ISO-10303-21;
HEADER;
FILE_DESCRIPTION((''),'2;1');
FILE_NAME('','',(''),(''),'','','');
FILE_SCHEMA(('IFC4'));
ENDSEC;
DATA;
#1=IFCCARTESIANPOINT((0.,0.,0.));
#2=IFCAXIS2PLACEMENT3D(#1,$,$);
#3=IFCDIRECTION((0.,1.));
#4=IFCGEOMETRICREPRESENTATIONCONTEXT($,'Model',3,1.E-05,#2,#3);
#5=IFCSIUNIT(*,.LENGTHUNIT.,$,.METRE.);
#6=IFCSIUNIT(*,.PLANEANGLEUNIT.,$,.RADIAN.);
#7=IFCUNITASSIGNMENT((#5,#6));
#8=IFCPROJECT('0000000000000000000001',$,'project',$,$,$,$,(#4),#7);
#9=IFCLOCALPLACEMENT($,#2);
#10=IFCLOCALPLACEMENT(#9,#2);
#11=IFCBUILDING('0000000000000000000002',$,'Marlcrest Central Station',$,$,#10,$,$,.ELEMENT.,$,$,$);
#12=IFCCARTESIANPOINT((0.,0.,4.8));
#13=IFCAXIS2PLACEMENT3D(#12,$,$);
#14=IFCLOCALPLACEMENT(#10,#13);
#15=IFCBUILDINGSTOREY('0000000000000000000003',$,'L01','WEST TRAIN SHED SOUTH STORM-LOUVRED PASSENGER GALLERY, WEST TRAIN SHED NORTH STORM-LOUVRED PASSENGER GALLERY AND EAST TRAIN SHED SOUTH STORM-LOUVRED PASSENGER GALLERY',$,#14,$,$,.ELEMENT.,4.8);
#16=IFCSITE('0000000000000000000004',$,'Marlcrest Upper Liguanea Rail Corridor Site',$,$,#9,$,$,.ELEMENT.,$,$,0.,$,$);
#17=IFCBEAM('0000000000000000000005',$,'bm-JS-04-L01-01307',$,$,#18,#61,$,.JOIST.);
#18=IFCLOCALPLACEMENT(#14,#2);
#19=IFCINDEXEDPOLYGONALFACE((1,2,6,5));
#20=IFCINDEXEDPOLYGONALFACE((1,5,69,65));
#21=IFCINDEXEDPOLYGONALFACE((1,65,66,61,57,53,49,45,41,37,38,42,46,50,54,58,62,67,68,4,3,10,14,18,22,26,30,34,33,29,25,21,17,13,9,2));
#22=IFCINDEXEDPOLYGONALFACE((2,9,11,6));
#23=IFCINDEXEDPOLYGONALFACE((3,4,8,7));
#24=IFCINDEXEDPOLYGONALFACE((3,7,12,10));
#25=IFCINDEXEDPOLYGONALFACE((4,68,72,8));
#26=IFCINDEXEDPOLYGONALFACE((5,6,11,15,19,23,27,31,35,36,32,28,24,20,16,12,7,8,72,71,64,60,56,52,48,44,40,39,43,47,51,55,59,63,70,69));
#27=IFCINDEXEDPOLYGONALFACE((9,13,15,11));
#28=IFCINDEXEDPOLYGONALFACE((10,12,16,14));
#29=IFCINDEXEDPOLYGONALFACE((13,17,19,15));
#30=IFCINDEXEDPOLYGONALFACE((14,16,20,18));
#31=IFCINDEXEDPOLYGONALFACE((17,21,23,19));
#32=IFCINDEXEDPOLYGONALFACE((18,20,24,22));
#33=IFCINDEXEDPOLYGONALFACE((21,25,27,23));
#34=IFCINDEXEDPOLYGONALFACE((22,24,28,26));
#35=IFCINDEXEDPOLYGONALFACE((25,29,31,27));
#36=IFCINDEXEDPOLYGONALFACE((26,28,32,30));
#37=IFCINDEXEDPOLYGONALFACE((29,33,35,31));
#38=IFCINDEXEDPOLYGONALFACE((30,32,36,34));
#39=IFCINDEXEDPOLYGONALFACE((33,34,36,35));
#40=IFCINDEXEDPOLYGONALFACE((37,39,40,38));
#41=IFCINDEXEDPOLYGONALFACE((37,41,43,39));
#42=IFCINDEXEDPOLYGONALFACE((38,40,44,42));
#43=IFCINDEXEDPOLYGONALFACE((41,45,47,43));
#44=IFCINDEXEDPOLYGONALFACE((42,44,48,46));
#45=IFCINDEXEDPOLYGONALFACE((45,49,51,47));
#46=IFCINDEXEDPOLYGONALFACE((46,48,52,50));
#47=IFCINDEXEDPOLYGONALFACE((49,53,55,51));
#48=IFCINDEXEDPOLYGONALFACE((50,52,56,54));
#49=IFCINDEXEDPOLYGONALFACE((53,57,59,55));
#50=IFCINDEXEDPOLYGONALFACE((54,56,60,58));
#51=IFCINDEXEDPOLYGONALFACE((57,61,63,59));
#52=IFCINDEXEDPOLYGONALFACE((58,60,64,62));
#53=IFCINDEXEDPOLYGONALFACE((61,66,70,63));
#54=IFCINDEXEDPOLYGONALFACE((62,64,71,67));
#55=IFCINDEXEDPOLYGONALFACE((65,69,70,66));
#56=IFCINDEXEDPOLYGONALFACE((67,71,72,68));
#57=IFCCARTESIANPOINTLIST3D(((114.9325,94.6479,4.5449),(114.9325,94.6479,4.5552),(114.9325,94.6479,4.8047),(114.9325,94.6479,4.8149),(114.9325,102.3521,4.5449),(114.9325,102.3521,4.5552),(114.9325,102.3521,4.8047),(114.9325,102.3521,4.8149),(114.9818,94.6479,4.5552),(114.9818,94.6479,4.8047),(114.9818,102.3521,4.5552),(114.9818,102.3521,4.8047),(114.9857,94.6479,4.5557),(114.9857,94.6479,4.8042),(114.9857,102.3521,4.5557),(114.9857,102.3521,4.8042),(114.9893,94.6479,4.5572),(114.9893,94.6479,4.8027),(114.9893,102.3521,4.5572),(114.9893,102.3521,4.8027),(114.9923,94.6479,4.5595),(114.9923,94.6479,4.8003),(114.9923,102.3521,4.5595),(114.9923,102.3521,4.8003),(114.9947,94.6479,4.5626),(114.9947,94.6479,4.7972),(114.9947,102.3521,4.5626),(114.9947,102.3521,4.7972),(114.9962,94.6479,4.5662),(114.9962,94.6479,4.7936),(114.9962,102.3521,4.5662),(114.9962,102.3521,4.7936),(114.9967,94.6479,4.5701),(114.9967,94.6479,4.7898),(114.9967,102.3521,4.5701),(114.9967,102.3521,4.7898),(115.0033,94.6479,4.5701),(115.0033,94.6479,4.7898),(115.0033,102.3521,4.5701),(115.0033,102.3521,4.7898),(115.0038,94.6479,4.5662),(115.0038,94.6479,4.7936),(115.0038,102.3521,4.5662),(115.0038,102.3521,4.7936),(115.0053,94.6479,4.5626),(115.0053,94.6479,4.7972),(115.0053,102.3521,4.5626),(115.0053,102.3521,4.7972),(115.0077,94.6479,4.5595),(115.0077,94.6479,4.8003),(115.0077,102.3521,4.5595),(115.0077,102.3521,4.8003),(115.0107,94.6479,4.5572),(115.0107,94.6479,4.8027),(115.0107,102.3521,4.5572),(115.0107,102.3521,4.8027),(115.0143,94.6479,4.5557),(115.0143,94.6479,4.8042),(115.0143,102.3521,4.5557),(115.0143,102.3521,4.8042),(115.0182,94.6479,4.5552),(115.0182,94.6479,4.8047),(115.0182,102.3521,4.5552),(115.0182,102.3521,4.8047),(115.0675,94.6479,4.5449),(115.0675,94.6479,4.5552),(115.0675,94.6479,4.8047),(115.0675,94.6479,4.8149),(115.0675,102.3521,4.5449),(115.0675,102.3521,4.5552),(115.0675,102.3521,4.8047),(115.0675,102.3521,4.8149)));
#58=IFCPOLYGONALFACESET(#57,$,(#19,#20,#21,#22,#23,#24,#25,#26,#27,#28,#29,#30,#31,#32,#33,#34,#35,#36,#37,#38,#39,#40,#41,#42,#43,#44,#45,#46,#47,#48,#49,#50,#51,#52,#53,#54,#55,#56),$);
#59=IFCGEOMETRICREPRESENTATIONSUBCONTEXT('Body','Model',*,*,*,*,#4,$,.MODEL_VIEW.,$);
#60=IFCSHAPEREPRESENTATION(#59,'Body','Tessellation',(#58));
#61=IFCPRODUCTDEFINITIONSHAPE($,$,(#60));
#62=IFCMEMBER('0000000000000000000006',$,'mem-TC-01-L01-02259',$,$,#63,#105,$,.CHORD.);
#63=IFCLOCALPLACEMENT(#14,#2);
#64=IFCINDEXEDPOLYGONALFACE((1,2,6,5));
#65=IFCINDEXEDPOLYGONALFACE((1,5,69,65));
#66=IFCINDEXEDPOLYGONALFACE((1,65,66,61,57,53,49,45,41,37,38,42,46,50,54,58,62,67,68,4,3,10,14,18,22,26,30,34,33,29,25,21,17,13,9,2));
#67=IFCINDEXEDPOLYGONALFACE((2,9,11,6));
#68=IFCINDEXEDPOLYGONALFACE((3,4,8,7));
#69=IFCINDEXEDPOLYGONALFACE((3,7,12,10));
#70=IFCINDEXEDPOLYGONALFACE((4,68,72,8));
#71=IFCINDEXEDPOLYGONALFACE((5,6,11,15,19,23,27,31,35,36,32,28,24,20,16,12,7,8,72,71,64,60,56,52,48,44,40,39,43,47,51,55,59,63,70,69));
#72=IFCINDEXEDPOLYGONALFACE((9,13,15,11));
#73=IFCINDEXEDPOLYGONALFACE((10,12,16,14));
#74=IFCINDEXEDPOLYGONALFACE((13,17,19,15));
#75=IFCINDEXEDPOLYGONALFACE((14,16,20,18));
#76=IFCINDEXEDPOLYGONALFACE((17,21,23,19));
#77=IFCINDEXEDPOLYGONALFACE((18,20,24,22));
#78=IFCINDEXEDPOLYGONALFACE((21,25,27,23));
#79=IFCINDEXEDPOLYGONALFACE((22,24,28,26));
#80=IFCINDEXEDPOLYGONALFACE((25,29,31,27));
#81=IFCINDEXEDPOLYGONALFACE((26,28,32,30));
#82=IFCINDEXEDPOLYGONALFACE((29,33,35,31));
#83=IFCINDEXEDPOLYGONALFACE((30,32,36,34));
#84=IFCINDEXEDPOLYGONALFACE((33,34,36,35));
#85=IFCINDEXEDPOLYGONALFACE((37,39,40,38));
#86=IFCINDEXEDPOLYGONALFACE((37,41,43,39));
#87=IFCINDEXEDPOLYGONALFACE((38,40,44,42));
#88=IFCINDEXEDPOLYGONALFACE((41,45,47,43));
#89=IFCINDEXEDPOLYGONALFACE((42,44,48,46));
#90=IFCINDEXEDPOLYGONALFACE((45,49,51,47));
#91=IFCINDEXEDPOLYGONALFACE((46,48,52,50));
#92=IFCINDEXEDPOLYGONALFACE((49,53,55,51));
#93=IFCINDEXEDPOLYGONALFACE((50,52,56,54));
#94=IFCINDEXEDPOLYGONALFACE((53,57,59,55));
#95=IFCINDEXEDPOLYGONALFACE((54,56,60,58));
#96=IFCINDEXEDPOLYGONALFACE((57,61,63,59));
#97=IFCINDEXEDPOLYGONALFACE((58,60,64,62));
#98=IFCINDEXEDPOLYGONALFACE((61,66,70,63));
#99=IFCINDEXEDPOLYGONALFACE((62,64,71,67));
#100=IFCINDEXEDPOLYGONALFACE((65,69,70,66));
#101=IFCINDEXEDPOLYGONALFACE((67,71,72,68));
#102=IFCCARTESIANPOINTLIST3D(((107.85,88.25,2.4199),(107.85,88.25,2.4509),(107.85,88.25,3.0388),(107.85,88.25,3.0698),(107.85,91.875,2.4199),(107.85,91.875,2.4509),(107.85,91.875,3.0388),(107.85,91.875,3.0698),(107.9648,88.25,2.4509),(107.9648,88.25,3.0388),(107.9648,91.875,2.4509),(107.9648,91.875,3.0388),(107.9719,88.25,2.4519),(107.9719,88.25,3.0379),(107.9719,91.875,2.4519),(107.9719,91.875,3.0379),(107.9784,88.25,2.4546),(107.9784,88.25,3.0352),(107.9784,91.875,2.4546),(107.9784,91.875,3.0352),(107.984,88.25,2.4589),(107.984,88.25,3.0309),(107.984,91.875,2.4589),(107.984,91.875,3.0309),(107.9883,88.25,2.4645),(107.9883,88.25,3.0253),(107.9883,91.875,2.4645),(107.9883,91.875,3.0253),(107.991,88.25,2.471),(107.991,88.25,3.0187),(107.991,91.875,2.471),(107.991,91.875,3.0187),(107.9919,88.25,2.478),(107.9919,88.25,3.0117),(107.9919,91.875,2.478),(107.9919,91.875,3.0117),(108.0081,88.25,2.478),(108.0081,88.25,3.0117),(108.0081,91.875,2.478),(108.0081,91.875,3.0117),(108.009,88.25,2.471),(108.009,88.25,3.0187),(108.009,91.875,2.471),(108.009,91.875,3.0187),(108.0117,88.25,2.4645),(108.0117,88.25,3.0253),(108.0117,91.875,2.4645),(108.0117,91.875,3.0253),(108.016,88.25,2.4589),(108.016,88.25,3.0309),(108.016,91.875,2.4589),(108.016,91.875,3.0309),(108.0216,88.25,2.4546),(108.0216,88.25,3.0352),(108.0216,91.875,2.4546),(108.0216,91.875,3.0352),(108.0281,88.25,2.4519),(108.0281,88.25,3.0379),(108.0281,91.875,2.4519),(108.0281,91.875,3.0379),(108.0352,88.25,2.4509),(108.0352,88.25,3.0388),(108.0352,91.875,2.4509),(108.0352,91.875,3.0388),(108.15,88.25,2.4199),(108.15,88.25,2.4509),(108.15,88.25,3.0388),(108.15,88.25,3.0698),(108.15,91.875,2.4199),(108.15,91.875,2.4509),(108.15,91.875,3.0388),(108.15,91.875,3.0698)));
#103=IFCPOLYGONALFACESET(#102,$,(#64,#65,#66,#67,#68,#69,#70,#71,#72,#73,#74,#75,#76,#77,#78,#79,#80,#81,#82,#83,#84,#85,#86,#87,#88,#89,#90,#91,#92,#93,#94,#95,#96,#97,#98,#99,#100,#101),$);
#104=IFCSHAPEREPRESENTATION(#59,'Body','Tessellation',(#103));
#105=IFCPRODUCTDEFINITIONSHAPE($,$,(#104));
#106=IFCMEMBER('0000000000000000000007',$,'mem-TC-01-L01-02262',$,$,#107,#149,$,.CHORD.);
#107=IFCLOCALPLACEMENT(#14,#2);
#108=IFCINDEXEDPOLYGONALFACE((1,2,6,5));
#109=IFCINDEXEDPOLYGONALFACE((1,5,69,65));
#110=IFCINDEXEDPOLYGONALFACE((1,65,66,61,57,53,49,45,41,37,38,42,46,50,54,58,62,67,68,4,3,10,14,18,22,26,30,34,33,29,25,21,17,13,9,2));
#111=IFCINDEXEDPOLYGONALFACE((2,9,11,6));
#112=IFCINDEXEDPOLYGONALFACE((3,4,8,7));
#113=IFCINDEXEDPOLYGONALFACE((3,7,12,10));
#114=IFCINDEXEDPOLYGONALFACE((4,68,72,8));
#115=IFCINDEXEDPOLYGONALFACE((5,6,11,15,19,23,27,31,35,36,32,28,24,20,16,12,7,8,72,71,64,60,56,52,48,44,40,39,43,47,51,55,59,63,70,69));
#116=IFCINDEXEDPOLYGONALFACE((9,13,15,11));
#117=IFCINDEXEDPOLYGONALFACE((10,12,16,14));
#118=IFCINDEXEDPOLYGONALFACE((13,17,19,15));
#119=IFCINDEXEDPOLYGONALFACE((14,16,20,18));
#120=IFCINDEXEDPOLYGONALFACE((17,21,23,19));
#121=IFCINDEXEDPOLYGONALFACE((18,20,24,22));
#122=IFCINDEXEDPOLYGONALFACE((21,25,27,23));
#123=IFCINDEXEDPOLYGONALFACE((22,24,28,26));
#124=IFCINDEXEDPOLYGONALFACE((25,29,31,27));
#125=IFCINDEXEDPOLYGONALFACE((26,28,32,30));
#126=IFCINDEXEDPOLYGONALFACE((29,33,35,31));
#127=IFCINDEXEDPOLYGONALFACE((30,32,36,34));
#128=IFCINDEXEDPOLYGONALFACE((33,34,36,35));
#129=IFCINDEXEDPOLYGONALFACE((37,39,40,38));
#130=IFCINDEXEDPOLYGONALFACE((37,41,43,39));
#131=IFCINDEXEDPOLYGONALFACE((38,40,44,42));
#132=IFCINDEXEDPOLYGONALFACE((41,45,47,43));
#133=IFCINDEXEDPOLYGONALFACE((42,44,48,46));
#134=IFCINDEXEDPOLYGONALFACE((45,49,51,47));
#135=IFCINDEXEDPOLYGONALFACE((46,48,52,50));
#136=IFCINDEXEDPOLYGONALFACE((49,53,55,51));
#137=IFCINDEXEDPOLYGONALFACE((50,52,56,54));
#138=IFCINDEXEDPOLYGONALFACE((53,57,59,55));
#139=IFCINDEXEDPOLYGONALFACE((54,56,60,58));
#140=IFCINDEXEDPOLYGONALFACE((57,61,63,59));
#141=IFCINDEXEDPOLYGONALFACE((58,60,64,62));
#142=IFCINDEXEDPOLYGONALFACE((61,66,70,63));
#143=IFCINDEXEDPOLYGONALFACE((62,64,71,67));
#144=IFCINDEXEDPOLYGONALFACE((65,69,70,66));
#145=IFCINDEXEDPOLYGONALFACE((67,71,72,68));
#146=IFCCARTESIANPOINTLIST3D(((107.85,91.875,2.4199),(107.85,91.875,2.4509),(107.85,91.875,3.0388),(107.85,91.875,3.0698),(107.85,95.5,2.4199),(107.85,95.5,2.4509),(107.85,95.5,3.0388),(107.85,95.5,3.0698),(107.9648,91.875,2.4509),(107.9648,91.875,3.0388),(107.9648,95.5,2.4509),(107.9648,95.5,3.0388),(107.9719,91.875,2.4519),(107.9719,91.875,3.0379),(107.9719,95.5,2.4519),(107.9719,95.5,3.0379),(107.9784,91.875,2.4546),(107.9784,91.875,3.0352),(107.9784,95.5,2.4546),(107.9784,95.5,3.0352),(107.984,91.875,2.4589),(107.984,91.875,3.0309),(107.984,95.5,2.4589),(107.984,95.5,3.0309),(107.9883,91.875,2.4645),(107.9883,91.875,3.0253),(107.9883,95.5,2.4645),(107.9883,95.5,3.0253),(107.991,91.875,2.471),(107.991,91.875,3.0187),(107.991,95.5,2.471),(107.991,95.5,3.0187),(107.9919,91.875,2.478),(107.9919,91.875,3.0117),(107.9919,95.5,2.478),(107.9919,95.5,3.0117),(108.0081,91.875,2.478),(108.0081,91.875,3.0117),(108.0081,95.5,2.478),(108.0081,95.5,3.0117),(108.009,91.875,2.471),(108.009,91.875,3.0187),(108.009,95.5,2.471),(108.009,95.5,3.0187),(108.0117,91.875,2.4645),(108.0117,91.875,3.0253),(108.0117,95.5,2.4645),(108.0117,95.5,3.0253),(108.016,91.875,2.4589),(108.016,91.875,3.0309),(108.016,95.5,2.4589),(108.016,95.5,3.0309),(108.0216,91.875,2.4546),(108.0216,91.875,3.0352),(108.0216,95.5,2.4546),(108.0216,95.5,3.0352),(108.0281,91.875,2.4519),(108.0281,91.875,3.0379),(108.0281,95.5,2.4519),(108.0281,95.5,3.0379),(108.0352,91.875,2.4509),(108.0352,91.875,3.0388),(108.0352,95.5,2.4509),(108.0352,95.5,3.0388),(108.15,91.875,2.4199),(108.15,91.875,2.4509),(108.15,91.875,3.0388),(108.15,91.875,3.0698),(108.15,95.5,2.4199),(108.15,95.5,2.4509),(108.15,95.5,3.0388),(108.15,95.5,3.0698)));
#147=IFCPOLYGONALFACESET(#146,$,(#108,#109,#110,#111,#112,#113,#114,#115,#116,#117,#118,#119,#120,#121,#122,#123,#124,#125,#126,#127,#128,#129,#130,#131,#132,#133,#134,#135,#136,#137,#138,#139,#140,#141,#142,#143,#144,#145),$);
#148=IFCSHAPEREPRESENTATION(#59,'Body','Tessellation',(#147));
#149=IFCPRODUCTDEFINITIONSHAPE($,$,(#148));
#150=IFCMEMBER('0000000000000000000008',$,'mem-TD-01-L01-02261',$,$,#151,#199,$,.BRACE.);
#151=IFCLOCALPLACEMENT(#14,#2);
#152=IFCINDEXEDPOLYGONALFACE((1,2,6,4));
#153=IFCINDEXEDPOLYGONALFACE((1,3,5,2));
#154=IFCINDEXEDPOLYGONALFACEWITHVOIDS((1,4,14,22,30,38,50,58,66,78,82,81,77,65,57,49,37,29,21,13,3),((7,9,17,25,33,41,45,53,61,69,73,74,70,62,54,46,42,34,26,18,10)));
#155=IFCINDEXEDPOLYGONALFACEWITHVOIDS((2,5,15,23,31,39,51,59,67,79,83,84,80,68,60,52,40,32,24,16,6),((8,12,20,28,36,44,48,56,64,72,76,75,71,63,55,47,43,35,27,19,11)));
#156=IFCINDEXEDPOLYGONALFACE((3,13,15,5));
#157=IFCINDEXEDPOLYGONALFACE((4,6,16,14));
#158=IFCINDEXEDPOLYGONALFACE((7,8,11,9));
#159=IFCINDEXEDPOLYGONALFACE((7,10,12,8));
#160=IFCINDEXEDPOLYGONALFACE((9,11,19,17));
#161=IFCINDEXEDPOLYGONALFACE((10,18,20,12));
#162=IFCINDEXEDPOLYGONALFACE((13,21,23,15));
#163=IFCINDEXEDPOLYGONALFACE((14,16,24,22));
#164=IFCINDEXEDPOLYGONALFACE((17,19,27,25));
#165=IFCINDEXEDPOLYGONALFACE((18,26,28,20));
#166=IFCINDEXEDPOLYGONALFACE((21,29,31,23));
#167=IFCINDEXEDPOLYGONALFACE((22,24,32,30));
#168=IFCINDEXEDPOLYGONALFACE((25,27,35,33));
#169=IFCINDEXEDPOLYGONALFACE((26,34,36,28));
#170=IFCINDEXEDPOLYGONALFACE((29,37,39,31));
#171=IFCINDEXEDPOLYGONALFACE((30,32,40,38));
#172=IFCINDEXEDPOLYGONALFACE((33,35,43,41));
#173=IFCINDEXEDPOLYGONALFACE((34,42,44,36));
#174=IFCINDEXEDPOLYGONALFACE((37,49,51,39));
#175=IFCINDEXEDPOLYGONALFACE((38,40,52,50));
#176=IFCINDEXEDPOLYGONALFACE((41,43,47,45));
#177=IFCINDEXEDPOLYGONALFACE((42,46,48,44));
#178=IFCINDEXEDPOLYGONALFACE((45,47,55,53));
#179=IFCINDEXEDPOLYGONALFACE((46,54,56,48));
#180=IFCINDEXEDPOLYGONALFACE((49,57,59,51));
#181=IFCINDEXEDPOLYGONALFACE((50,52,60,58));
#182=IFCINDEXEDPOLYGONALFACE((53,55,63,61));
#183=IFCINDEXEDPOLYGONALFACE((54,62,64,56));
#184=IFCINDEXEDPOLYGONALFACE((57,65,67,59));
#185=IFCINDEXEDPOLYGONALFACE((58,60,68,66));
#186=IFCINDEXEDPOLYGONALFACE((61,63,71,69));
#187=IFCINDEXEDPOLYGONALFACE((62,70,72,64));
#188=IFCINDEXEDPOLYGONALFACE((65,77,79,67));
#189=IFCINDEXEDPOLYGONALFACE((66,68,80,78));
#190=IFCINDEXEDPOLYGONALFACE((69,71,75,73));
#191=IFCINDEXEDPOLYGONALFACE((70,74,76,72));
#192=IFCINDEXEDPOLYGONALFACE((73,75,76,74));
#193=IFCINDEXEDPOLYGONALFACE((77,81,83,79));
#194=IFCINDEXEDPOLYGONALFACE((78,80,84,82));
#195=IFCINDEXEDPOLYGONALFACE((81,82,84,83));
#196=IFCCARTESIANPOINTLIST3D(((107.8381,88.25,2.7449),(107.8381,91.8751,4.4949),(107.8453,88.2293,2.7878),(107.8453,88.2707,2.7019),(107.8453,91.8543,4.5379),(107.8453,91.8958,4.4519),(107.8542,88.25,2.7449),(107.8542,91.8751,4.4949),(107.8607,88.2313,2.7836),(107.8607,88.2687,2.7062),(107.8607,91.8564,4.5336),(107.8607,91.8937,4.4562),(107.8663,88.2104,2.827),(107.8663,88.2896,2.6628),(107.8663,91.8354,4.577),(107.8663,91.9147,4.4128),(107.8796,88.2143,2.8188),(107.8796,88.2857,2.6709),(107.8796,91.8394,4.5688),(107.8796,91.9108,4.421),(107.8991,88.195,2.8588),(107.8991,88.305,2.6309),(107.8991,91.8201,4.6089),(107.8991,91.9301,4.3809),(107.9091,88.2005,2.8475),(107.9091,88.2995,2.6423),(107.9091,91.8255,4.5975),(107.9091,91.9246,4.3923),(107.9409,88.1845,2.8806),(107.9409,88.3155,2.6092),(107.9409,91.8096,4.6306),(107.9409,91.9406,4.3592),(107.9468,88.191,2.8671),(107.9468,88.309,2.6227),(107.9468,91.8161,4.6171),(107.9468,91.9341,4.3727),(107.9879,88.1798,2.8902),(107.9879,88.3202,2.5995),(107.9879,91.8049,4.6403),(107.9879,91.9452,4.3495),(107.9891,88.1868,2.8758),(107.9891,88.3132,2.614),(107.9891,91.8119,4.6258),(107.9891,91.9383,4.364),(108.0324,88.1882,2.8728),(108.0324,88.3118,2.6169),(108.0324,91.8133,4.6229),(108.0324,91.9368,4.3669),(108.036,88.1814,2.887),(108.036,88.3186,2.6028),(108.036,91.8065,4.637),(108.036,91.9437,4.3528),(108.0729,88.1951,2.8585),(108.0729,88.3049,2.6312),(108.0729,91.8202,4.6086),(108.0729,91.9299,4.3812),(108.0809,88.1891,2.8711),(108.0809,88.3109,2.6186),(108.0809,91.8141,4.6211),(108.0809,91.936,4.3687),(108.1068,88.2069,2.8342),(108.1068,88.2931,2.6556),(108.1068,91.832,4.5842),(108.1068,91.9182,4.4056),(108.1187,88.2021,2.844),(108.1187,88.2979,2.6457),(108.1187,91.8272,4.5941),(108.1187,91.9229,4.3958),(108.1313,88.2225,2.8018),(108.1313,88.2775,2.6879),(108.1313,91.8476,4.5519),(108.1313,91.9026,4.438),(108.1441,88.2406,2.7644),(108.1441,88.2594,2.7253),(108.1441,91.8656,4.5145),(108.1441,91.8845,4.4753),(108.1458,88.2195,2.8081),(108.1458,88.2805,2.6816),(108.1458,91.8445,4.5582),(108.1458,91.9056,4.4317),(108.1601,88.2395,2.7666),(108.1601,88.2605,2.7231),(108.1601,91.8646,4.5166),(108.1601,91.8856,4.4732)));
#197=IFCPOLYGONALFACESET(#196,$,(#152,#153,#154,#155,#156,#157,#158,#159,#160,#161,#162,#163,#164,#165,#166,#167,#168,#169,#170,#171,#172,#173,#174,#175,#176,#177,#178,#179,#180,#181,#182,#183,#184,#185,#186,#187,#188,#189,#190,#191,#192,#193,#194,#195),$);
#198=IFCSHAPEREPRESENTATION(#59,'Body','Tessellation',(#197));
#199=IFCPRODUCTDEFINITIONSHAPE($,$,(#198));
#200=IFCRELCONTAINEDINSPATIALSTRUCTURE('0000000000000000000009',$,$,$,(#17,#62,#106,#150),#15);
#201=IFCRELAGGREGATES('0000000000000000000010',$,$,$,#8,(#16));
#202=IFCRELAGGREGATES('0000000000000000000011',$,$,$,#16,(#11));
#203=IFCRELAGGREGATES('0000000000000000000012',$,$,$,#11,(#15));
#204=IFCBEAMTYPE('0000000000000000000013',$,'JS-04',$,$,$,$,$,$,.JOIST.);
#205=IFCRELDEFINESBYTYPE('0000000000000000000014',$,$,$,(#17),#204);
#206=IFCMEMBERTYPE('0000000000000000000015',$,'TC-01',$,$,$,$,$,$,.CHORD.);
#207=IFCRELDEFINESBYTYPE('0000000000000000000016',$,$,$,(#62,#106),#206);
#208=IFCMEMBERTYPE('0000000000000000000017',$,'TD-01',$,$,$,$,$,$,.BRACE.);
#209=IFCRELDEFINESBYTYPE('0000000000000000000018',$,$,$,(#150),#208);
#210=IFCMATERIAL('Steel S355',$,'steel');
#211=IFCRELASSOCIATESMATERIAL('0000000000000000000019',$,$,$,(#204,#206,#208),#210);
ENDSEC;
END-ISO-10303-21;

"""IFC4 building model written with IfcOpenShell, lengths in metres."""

from ifc_helpers import new_model, si_unit, direction, frame, origin, origin_2d, place, context, subcontext, project, spatial, hollow_circle, i_section, extrude, material, material_profile, profile_set, type_object, element, save


model = new_model("IFC4")

# Units and contexts
model_context = context("Model", 3, precision=1e-05, world=origin(), true_north=direction((0.0, 1.0)))
body_context = subcontext(model_context, "Body", "Model", "MODEL_VIEW")
ifc_project = project(units=[si_unit("LENGTHUNIT", "METRE"), si_unit("PLANEANGLEUNIT", "RADIAN")], contexts=[model_context])

# Site, building, storey
site_placement = place(None, origin())
site = spatial("IfcSite", under=ifc_project, at=site_placement, Name="Marlcrest Upper Liguanea Rail Corridor Site", CompositionType="ELEMENT", RefElevation=0.0)
building_placement = place(site_placement, origin())
building = spatial("IfcBuilding", under=site, at=building_placement, Name="Marlcrest Central Station", CompositionType="ELEMENT")
storey_placement = place(building_placement, frame((0.0, 0.0, 4.8)))
storey = spatial("IfcBuildingStorey", under=building, at=storey_placement, Name="L01", Description="WEST TRAIN SHED SOUTH STORM-LOUVRED PASSENGER GALLERY, WEST TRAIN SHED NORTH STORM-LOUVRED PASSENGER GALLERY AND EAST TRAIN SHED SOUTH STORM-LOUVRED PASSENGER GALLERY", CompositionType="ELEMENT", Elevation=4.8)

# Beam
ifc_material = material(Name="Steel S355", Category="steel")
ifc_material_profile_1 = material_profile(ifc_material, i_section(OverallWidth=0.135, OverallDepth=0.27, WebThickness=0.0066, FlangeThickness=0.0103, FilletRadius=0.0149, at=origin_2d()), Name="IPE 270")
ifc_profile_set_1 = profile_set([ifc_material_profile_1], Name="Steel S355")
beam_type_1 = type_object("IfcBeamType", Name="JS-04", PredefinedType="JOIST", material=ifc_profile_set_1)
for number, where, z_axis, x_axis, name in (
    (1, (115.0, 94.6479, 4.6799), (0.0, 1.0, 0.0), (-1.0, 0.0, 0.0), "bm-JS-04-L01-01307"),
):
    element("IfcBeam", number, at=place(storey_placement, frame(where, z_axis=z_axis, x_axis=x_axis)), inside=storey, type_object=beam_type_1, Name=name, PredefinedType="JOIST", context=body_context, shape_type="SweptSolid", body=[
        extrude(i_section(OverallWidth=0.135, OverallDepth=0.27, WebThickness=0.0066, FlangeThickness=0.0103, FilletRadius=0.0149, at=origin_2d()), origin(), (0.0, 0.0, 1.0), 7.7041),
    ])

# Members
ifc_material_profile_2 = material_profile(ifc_material, i_section(OverallWidth=0.3, OverallDepth=0.6499, WebThickness=0.0161, FlangeThickness=0.031, FilletRadius=0.0271, at=origin_2d()), Name="HEB 650")
ifc_profile_set_2 = profile_set([ifc_material_profile_2], Name="Steel S355")
member_type_1 = type_object("IfcMemberType", Name="TC-01", PredefinedType="CHORD", material=ifc_profile_set_2)
for number, where, z_axis, x_axis, name in (
    (2, (108.0, 88.25, 2.7449), (0.0, 1.0, 0.0), (-1.0, 0.0, 0.0), "mem-TC-01-L01-02259"),
    (3, (108.0, 91.875, 2.7449), (0.0, 1.0, 0.0), (-1.0, 0.0, 0.0), "mem-TC-01-L01-02262"),
):
    element("IfcMember", number, at=place(storey_placement, frame(where, z_axis=z_axis, x_axis=x_axis)), inside=storey, type_object=member_type_1, Name=name, PredefinedType="CHORD", context=body_context, shape_type="SweptSolid", body=[
        extrude(i_section(OverallWidth=0.3, OverallDepth=0.6499, WebThickness=0.0161, FlangeThickness=0.031, FilletRadius=0.0271, at=origin_2d()), origin(), (0.0, 0.0, 1.0), 3.625),
    ])
ifc_material_profile_3 = material_profile(ifc_material, hollow_circle(Radius=0.1619, WallThickness=0.0161, at=origin_2d()), Name="CHS 323.9x16")
ifc_profile_set_3 = profile_set([ifc_material_profile_3], Name="Steel S355")
member_type_2 = type_object("IfcMemberType", Name="TD-01", PredefinedType="BRACE", material=ifc_profile_set_3)
for number, where, z_axis, x_axis, name in (
    (4, (108.0, 88.25, 2.7449), (0.0, 0.900552, 0.434749), (-1.0, 0.0, 0.0), "mem-TD-01-L01-02261"),
):
    element("IfcMember", number, at=place(storey_placement, frame(where, z_axis=z_axis, x_axis=x_axis)), inside=storey, type_object=member_type_2, Name=name, PredefinedType="BRACE", context=body_context, shape_type="SweptSolid", body=[
        extrude(hollow_circle(Radius=0.1619, WallThickness=0.0161, at=origin_2d()), origin(), (0.0, 0.0, 1.0), 4.0254),
    ])

save(model, "model.ifc")
